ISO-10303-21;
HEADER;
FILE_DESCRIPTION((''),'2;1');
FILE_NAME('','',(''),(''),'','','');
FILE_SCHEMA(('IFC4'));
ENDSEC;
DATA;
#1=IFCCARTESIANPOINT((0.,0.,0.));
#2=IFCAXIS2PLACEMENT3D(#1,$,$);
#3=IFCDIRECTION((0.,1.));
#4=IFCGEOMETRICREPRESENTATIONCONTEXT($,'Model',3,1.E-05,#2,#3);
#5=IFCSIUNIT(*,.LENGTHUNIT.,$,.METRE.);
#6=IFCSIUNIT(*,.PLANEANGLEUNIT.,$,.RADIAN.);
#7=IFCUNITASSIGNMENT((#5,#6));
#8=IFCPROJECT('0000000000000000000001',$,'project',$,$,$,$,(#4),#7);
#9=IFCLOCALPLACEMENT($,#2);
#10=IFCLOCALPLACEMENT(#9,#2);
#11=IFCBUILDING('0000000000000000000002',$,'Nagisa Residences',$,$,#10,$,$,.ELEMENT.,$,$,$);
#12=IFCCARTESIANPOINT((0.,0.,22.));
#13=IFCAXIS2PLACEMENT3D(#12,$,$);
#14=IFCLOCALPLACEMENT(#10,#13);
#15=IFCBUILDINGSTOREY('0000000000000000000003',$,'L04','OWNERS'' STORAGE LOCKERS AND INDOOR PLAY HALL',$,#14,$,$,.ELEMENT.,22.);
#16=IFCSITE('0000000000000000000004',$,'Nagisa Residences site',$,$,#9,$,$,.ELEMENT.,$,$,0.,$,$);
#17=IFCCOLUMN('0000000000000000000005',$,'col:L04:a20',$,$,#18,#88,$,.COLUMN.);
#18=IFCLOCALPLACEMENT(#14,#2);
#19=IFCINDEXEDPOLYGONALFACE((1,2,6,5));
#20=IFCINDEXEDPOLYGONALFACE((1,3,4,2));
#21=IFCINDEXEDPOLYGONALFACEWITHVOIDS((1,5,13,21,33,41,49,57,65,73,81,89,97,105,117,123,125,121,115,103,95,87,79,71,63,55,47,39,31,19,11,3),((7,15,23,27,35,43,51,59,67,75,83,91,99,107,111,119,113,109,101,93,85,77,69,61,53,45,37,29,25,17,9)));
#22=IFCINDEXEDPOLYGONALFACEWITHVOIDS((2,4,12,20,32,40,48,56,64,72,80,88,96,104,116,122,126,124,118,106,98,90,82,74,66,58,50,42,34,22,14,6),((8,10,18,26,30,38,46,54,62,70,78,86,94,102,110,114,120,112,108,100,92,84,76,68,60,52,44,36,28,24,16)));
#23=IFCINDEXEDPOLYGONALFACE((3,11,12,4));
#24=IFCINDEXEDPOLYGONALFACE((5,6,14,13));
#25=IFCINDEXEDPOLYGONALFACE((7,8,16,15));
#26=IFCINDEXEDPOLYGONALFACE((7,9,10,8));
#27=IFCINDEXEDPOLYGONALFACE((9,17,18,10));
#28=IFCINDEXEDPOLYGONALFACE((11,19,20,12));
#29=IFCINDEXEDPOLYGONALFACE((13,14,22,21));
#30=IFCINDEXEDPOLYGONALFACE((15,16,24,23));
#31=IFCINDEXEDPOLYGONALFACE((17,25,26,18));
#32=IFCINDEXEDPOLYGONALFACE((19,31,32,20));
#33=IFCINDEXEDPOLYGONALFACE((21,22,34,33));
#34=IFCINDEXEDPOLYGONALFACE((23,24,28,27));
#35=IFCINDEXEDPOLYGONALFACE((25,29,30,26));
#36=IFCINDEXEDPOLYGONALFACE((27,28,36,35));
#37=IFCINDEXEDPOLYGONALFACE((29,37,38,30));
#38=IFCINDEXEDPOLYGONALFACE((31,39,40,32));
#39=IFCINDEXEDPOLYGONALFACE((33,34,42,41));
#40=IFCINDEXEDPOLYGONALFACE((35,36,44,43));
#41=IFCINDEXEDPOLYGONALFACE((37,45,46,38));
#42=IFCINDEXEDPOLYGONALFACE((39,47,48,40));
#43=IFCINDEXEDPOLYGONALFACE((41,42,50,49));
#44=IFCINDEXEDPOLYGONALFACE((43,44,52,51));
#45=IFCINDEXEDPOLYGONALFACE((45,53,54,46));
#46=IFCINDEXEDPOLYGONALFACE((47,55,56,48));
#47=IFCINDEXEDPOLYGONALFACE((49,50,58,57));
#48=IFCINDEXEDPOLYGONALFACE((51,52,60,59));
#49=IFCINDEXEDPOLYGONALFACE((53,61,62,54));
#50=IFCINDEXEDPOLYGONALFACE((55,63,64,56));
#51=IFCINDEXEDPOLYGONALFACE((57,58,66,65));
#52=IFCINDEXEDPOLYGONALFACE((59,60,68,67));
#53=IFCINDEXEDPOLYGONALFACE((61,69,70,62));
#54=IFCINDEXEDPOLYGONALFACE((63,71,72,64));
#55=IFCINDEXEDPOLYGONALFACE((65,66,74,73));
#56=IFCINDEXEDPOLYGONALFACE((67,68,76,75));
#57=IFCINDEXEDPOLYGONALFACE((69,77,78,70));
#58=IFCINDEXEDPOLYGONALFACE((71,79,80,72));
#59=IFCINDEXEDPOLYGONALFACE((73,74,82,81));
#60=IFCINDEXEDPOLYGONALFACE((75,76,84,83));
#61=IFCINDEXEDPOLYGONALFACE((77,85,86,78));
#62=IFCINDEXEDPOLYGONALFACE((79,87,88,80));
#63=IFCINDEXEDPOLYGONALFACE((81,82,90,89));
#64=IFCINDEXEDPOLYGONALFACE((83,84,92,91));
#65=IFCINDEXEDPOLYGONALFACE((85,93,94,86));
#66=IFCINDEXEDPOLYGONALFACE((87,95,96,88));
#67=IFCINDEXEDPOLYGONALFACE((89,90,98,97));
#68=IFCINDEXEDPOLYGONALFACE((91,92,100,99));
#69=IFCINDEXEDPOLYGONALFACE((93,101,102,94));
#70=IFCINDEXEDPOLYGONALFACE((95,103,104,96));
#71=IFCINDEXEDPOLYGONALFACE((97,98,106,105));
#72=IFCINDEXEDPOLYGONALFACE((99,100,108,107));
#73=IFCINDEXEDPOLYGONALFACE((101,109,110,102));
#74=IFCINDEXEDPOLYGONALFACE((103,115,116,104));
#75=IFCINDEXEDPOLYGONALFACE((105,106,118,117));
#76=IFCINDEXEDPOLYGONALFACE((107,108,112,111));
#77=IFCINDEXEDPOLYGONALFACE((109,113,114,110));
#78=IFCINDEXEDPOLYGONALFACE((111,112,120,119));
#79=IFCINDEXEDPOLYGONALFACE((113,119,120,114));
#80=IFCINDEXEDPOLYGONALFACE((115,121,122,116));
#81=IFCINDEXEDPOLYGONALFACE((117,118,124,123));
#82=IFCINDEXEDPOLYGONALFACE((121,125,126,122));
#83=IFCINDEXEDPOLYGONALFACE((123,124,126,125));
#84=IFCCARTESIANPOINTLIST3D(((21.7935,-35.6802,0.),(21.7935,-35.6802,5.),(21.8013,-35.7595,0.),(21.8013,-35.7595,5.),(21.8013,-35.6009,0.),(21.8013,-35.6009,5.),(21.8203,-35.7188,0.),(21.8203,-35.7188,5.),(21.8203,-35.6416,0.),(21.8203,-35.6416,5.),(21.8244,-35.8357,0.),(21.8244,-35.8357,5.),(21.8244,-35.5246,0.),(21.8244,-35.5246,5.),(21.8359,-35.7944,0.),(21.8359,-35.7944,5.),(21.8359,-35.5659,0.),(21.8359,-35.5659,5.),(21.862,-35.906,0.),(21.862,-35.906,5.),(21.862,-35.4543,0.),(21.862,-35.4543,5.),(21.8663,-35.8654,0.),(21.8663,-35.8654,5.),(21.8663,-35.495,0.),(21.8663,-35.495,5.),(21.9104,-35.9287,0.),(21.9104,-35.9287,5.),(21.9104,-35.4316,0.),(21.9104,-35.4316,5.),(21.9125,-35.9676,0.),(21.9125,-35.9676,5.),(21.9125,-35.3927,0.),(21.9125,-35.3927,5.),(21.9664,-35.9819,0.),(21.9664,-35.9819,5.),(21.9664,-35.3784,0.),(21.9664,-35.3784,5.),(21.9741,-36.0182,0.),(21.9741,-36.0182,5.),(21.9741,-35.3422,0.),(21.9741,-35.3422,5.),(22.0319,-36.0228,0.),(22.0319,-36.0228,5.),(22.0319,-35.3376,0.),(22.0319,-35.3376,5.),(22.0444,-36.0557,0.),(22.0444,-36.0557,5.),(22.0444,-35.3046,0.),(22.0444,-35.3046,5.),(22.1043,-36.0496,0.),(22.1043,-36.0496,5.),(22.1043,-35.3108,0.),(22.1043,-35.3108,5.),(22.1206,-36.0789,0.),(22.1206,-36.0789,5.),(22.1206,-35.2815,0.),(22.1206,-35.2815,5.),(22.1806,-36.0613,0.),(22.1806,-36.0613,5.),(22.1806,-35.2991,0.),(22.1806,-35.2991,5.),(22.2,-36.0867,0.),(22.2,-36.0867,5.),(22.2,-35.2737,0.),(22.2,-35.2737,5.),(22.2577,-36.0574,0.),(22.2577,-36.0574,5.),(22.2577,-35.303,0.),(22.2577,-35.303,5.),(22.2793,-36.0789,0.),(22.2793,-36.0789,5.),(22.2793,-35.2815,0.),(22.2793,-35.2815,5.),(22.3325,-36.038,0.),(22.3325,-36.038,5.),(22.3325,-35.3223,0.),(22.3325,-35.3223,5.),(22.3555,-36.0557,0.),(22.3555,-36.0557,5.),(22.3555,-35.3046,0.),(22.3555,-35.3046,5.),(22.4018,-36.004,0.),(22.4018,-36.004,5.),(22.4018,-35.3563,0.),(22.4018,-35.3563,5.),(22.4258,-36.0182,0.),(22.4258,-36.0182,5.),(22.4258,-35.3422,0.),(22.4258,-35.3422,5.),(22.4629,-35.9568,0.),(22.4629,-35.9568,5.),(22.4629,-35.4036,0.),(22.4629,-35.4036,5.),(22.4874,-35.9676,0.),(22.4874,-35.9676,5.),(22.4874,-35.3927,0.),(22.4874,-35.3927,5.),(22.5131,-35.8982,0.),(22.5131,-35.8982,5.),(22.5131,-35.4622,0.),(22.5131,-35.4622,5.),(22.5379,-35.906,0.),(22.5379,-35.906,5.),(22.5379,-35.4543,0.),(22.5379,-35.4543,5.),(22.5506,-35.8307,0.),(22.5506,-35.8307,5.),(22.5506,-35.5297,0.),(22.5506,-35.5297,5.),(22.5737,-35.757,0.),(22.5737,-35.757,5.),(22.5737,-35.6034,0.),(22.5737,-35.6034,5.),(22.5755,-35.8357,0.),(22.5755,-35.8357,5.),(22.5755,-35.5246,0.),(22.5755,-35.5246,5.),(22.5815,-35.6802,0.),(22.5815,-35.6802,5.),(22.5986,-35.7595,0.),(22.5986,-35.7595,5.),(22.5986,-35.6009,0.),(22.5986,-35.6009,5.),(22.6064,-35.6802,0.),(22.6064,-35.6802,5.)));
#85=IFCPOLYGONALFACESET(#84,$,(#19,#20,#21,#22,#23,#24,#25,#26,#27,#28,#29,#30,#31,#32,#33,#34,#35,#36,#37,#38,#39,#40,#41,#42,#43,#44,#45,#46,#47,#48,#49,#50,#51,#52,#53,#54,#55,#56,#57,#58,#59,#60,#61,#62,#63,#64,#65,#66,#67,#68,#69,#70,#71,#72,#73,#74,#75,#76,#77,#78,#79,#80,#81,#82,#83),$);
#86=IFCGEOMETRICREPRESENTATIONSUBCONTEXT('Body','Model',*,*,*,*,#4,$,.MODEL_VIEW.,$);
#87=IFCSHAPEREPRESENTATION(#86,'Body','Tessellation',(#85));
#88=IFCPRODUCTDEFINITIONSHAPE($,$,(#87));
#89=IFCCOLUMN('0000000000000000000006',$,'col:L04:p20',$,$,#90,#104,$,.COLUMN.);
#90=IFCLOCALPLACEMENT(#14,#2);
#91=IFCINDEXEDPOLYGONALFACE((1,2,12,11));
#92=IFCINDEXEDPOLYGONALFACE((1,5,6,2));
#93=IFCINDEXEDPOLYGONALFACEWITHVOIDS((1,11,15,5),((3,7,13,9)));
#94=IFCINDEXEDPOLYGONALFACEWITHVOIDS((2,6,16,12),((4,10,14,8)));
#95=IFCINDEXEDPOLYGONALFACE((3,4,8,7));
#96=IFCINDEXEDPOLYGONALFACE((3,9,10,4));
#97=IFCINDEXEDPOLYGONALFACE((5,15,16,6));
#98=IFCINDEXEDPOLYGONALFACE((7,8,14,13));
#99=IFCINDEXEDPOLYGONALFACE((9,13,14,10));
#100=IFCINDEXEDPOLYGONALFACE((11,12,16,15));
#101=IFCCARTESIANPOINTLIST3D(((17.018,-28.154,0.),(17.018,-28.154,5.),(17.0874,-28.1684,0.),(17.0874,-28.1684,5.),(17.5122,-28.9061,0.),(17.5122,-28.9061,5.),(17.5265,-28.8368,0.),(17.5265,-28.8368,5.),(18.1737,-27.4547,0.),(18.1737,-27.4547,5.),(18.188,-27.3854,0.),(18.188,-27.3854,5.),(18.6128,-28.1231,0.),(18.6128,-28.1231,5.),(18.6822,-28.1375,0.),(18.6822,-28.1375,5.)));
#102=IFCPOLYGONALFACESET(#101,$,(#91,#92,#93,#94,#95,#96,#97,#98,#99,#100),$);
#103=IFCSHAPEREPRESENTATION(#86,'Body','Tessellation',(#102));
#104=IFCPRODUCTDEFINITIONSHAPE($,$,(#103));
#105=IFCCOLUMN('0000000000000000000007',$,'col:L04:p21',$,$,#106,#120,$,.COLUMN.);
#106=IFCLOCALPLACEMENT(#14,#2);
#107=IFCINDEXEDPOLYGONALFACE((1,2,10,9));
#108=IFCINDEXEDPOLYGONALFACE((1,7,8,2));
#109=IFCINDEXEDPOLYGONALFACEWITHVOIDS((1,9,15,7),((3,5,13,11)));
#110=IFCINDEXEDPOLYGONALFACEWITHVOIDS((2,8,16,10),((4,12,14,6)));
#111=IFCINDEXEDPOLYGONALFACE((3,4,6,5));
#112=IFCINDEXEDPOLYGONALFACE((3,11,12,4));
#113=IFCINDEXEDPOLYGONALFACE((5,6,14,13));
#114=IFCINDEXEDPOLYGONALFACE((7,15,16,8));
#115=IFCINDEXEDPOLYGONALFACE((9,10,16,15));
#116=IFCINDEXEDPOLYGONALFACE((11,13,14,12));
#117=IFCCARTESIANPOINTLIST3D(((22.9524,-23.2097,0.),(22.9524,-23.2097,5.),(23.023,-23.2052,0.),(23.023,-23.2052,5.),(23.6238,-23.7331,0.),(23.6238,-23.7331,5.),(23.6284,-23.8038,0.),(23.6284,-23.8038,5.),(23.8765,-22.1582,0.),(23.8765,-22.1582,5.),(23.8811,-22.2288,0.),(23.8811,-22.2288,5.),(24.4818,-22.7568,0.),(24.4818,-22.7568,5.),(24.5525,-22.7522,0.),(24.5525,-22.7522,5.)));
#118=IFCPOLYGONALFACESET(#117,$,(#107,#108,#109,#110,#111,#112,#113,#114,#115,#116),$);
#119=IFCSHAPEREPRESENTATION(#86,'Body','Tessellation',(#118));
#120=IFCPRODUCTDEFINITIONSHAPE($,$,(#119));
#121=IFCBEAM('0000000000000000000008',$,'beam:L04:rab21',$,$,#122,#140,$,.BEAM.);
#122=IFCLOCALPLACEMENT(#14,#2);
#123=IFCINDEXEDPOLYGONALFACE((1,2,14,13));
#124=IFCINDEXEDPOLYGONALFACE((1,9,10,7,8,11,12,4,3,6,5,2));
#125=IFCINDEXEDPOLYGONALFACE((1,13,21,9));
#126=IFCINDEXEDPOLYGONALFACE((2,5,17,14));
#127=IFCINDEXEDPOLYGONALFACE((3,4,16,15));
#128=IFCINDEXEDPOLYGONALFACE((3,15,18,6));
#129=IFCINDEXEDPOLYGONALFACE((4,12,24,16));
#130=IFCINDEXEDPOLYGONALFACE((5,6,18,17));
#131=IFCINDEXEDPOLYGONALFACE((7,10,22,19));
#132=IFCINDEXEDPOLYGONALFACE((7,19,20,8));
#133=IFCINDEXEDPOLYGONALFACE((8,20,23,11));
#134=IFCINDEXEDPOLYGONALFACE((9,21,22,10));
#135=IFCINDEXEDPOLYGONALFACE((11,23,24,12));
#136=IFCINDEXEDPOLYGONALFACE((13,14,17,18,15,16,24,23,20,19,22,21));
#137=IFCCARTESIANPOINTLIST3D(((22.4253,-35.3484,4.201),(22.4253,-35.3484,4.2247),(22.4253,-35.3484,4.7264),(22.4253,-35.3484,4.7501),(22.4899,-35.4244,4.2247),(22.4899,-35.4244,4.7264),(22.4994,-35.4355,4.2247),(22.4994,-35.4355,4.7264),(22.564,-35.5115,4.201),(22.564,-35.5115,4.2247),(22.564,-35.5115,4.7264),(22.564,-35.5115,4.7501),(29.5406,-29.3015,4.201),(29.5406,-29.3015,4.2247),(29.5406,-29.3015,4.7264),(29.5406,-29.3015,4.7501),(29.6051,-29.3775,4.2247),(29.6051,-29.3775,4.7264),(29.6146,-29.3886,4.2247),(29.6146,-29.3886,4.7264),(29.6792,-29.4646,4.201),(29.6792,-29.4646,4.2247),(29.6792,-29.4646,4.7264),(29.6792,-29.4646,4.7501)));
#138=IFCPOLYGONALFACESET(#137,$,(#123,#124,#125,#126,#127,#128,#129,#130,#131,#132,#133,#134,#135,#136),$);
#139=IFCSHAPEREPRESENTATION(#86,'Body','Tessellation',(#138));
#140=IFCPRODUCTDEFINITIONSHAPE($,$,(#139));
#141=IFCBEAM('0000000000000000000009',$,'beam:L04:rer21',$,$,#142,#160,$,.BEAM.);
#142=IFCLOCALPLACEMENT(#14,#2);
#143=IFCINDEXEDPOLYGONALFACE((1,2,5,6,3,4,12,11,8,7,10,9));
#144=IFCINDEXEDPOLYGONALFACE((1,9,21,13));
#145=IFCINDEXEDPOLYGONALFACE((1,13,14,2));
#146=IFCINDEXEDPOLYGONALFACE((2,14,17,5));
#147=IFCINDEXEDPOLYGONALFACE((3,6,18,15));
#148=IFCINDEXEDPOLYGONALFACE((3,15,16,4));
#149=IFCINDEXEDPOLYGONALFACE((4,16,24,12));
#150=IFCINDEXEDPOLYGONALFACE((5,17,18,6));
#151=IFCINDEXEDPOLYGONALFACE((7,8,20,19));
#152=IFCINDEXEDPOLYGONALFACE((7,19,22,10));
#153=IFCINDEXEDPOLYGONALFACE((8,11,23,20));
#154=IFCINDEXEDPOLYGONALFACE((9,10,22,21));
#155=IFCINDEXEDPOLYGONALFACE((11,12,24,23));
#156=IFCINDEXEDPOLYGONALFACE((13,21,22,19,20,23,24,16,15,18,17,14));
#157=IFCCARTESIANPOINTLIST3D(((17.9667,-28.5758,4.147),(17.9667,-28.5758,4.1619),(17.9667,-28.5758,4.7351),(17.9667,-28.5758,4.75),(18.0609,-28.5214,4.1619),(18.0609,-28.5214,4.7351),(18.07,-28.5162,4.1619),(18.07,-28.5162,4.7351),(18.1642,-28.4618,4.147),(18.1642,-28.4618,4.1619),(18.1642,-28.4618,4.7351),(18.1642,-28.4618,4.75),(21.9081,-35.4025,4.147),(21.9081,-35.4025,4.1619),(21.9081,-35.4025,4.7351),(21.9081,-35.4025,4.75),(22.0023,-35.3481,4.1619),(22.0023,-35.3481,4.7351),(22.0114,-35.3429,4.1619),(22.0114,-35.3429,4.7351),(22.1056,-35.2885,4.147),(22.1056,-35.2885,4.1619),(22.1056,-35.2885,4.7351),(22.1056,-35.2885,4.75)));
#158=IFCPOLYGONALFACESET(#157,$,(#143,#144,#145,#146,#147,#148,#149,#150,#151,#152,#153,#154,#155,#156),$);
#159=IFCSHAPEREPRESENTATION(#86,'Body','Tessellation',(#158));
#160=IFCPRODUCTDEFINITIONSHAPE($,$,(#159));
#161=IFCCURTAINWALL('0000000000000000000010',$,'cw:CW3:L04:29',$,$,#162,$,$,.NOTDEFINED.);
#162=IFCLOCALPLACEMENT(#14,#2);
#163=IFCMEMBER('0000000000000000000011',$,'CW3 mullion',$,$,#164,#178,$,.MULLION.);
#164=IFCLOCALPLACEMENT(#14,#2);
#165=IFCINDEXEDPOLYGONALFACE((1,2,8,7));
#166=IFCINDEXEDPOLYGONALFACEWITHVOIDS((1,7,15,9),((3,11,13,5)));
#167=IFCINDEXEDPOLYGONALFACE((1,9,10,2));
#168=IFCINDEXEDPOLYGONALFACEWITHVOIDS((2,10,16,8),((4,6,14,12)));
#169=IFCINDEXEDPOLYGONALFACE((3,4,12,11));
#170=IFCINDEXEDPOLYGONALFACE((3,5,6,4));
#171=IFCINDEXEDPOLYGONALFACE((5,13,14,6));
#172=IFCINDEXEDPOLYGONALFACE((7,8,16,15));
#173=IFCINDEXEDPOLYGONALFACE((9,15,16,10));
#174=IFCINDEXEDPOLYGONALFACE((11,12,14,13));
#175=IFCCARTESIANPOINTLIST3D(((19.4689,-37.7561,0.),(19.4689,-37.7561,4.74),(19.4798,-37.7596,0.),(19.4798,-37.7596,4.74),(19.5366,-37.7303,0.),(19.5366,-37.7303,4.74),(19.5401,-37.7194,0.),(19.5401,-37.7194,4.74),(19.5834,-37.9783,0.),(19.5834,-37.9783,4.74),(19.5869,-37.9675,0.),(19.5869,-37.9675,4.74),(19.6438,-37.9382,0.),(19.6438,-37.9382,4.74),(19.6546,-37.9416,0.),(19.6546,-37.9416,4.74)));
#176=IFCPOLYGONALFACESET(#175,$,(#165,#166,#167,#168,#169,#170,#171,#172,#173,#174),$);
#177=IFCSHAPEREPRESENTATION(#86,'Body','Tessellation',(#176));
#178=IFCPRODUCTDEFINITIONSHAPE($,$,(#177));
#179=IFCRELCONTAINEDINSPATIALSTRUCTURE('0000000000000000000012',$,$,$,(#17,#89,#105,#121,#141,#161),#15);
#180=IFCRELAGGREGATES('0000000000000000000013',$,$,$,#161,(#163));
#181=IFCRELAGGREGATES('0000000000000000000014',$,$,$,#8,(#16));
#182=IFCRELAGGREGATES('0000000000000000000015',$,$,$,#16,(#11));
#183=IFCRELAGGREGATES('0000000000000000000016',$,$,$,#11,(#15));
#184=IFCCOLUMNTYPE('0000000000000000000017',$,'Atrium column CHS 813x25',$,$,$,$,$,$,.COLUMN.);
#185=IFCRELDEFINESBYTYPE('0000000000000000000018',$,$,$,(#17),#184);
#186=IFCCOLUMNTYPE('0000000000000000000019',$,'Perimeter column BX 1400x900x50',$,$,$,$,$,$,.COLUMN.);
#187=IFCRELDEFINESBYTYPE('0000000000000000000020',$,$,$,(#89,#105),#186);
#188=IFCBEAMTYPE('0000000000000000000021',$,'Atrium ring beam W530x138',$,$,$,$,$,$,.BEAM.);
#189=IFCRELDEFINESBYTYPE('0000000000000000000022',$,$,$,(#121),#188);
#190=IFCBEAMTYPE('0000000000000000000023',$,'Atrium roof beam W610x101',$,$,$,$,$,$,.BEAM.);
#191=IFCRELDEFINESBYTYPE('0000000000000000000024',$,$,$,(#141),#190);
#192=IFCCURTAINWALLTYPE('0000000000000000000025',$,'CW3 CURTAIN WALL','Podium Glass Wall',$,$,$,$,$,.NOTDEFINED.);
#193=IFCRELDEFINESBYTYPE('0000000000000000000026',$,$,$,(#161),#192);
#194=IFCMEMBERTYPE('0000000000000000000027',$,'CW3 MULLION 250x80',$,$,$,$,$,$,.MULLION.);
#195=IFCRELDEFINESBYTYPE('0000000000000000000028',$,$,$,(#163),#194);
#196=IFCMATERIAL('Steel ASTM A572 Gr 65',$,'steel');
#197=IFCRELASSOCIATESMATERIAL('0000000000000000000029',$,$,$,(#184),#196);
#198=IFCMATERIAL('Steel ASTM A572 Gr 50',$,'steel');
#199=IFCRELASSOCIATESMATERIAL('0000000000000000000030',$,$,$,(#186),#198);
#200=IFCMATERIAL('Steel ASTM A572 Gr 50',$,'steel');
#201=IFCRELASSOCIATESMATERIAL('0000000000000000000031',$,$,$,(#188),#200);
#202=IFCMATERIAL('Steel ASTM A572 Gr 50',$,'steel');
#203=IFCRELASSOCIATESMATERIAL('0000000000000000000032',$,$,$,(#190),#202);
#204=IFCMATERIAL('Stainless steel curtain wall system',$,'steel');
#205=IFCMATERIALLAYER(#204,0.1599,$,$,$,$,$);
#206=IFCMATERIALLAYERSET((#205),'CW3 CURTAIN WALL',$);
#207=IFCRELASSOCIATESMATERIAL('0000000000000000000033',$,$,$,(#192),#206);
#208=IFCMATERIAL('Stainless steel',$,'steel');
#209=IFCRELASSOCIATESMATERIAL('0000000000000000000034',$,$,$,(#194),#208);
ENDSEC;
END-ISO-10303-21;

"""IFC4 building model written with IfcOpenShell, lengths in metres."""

from ifc_helpers import new_model, si_unit, direction, frame, origin, origin_2d, place, context, subcontext, project, spatial, hollow_rectangle, hollow_circle, i_section, extrude, material, layer, layer_set, material_profile, profile_set, type_object, element, aggregate, save


model = new_model("IFC4")

# Units and contexts
model_context = context("Model", 3, precision=1e-05, world=origin(), true_north=direction((0.0, 1.0)))
body_context = subcontext(model_context, "Body", "Model", "MODEL_VIEW")
ifc_project = project(units=[si_unit("LENGTHUNIT", "METRE"), si_unit("PLANEANGLEUNIT", "RADIAN")], contexts=[model_context])

# Site, building, storey
site_placement = place(None, origin())
site = spatial("IfcSite", under=ifc_project, at=site_placement, Name="Nagisa Residences site", CompositionType="ELEMENT", RefElevation=0.0)
building_placement = place(site_placement, origin())
building = spatial("IfcBuilding", under=site, at=building_placement, Name="Nagisa Residences", CompositionType="ELEMENT")
storey_placement = place(building_placement, frame((0.0, 0.0, 22.0)))
storey = spatial("IfcBuildingStorey", under=building, at=storey_placement, Name="L04", Description="OWNERS' STORAGE LOCKERS AND INDOOR PLAY HALL", CompositionType="ELEMENT", Elevation=22.0)

# Columns
ifc_material_1 = material(Name="Steel ASTM A572 Gr 65", Category="steel")
ifc_material_profile_1 = material_profile(ifc_material_1, hollow_circle(Radius=0.4065, WallThickness=0.0249, at=origin_2d()), Name="CHS 813x25")
ifc_profile_set_1 = profile_set([ifc_material_profile_1], Name="Steel ASTM A572 Gr 65")
column_type_1 = type_object("IfcColumnType", Name="Atrium column CHS 813x25", PredefinedType="COLUMN", material=ifc_profile_set_1)
column_placement = place(storey_placement, frame((22.2, -35.6802, 0.0), z_axis=(0.0, 0.0, 1.0), x_axis=(1.0, 0.0, 0.0)))
element("IfcColumn", 1, at=column_placement, inside=storey, type_object=column_type_1, Name="col:L04:a20", PredefinedType="COLUMN", context=body_context, shape_type="SweptSolid", body=[
    extrude(hollow_circle(Radius=0.4065, WallThickness=0.0249, at=origin_2d()), origin(), (0.0, 0.0, 1.0), 5.0),
])
ifc_material_2 = material(Name="Steel ASTM A572 Gr 50", Category="steel")
ifc_material_profile_2 = material_profile(ifc_material_2, hollow_rectangle(XDim=1.3999, YDim=0.8999, WallThickness=0.05, at=origin_2d()), Name="BX 1400x900x50")
ifc_profile_set_2 = profile_set([ifc_material_profile_2], Name="Steel ASTM A572 Gr 50")
column_type_2 = type_object("IfcColumnType", Name="Perimeter column BX 1400x900x50", PredefinedType="COLUMN", material=ifc_profile_set_2)
for number, where, z_axis, x_axis, name in (
    (2, (17.8501, -28.1458, 0.0), (0.0, 0.0, 1.0), (0.835766, 0.549086, 0.0), "col:L04:p20"),
    (3, (23.7524, -22.981, 0.0), (0.0, 0.0, 1.0), (0.660115, 0.751165, 0.0), "col:L04:p21"),
):
    element("IfcColumn", number, at=place(storey_placement, frame(where, z_axis=z_axis, x_axis=x_axis)), inside=storey, type_object=column_type_2, Name=name, PredefinedType="COLUMN", context=body_context, shape_type="SweptSolid", body=[
        extrude(hollow_rectangle(XDim=1.3999, YDim=0.8999, WallThickness=0.05, at=origin_2d()), origin(), (0.0, 0.0, 1.0), 5.0),
    ])

# Beams
ifc_material_3 = material(Name="Steel ASTM A572 Gr 50", Category="steel")
ifc_material_profile_3 = material_profile(ifc_material_3, i_section(OverallWidth=0.2141, OverallDepth=0.5491, WebThickness=0.0146, FlangeThickness=0.0237, at=origin_2d()), Name="W530x138")
ifc_profile_set_3 = profile_set([ifc_material_profile_3], Name="Steel ASTM A572 Gr 50")
beam_type_1 = type_object("IfcBeamType", Name="Atrium ring beam W530x138", PredefinedType="BEAM", material=ifc_profile_set_3)
beam_1_placement = place(storey_placement, frame((22.4946, -35.4299, 4.4756), z_axis=(0.761996, 0.647582, 0.0), x_axis=(-0.647582, 0.761996, 0.0)))
element("IfcBeam", 4, at=beam_1_placement, inside=storey, type_object=beam_type_1, Name="beam:L04:rab21", PredefinedType="BEAM", context=body_context, shape_type="SweptSolid", body=[
    extrude(i_section(OverallWidth=0.2141, OverallDepth=0.5491, WebThickness=0.0146, FlangeThickness=0.0237, at=origin_2d()), origin(), (0.0, 0.0, 1.0), 9.3376),
])
ifc_material_4 = material(Name="Steel ASTM A572 Gr 50", Category="steel")
ifc_material_profile_4 = material_profile(ifc_material_4, i_section(OverallWidth=0.228, OverallDepth=0.603, WebThickness=0.0105, FlangeThickness=0.0149, at=origin_2d()), Name="W610x101")
ifc_profile_set_4 = profile_set([ifc_material_profile_4], Name="Steel ASTM A572 Gr 50")
beam_type_2 = type_object("IfcBeamType", Name="Atrium roof beam W610x101", PredefinedType="BEAM", material=ifc_profile_set_4)
beam_2_placement = place(storey_placement, frame((18.0654, -28.5188, 4.4485), z_axis=(0.500003, -0.866024, 0.0), x_axis=(0.866024, 0.500003, 0.0)))
element("IfcBeam", 5, at=beam_2_placement, inside=storey, type_object=beam_type_2, Name="beam:L04:rer21", PredefinedType="BEAM", context=body_context, shape_type="SweptSolid", body=[
    extrude(i_section(OverallWidth=0.228, OverallDepth=0.603, WebThickness=0.0105, FlangeThickness=0.0149, at=origin_2d()), origin(), (0.0, 0.0, 1.0), 7.8828),
])

# Curtain wall, member
ifc_material_5 = material(Name="Stainless steel curtain wall system", Category="steel")
ifc_layer_1 = layer(ifc_material_5, 0.1599)
ifc_layer_set_1 = layer_set([ifc_layer_1], Name="CW3 CURTAIN WALL")
curtain_wall_type_1 = type_object("IfcCurtainWallType", Name="CW3 CURTAIN WALL", Description="Podium Glass Wall", PredefinedType="NOTDEFINED", material=ifc_layer_set_1)
curtain_wall_1_placement = place(storey_placement, origin())
curtain_wall_1 = element("IfcCurtainWall", 6, at=curtain_wall_1_placement, inside=storey, type_object=curtain_wall_type_1, Name="cw:CW3:L04:29", PredefinedType="NOTDEFINED")
ifc_material_6 = material(Name="Stainless steel", Category="steel")
ifc_material_profile_5 = material_profile(ifc_material_6, hollow_rectangle(XDim=0.25, YDim=0.0801, WallThickness=0.0081, at=origin_2d()), Name="CW3 MULLION 250x80")
ifc_profile_set_5 = profile_set([ifc_material_profile_5], Name="Stainless steel")
member_type_1 = type_object("IfcMemberType", Name="CW3 MULLION 250x80", PredefinedType="MULLION", material=ifc_profile_set_5)
member_1_placement = place(storey_placement, frame((19.5618, -37.8489, 0.0), z_axis=(0.0, 0.0, 1.0), x_axis=(-0.458126, 0.888887, 0.0)))
member_1 = element("IfcMember", 7, at=member_1_placement, type_object=member_type_1, Name="CW3 mullion", PredefinedType="MULLION", context=body_context, shape_type="SweptSolid", body=[
    extrude(hollow_rectangle(XDim=0.25, YDim=0.0801, WallThickness=0.0081, at=origin_2d()), origin(), (0.0, 0.0, 1.0), 4.74),
])

aggregate(curtain_wall_1, [member_1])

save(model, "model.ifc")
